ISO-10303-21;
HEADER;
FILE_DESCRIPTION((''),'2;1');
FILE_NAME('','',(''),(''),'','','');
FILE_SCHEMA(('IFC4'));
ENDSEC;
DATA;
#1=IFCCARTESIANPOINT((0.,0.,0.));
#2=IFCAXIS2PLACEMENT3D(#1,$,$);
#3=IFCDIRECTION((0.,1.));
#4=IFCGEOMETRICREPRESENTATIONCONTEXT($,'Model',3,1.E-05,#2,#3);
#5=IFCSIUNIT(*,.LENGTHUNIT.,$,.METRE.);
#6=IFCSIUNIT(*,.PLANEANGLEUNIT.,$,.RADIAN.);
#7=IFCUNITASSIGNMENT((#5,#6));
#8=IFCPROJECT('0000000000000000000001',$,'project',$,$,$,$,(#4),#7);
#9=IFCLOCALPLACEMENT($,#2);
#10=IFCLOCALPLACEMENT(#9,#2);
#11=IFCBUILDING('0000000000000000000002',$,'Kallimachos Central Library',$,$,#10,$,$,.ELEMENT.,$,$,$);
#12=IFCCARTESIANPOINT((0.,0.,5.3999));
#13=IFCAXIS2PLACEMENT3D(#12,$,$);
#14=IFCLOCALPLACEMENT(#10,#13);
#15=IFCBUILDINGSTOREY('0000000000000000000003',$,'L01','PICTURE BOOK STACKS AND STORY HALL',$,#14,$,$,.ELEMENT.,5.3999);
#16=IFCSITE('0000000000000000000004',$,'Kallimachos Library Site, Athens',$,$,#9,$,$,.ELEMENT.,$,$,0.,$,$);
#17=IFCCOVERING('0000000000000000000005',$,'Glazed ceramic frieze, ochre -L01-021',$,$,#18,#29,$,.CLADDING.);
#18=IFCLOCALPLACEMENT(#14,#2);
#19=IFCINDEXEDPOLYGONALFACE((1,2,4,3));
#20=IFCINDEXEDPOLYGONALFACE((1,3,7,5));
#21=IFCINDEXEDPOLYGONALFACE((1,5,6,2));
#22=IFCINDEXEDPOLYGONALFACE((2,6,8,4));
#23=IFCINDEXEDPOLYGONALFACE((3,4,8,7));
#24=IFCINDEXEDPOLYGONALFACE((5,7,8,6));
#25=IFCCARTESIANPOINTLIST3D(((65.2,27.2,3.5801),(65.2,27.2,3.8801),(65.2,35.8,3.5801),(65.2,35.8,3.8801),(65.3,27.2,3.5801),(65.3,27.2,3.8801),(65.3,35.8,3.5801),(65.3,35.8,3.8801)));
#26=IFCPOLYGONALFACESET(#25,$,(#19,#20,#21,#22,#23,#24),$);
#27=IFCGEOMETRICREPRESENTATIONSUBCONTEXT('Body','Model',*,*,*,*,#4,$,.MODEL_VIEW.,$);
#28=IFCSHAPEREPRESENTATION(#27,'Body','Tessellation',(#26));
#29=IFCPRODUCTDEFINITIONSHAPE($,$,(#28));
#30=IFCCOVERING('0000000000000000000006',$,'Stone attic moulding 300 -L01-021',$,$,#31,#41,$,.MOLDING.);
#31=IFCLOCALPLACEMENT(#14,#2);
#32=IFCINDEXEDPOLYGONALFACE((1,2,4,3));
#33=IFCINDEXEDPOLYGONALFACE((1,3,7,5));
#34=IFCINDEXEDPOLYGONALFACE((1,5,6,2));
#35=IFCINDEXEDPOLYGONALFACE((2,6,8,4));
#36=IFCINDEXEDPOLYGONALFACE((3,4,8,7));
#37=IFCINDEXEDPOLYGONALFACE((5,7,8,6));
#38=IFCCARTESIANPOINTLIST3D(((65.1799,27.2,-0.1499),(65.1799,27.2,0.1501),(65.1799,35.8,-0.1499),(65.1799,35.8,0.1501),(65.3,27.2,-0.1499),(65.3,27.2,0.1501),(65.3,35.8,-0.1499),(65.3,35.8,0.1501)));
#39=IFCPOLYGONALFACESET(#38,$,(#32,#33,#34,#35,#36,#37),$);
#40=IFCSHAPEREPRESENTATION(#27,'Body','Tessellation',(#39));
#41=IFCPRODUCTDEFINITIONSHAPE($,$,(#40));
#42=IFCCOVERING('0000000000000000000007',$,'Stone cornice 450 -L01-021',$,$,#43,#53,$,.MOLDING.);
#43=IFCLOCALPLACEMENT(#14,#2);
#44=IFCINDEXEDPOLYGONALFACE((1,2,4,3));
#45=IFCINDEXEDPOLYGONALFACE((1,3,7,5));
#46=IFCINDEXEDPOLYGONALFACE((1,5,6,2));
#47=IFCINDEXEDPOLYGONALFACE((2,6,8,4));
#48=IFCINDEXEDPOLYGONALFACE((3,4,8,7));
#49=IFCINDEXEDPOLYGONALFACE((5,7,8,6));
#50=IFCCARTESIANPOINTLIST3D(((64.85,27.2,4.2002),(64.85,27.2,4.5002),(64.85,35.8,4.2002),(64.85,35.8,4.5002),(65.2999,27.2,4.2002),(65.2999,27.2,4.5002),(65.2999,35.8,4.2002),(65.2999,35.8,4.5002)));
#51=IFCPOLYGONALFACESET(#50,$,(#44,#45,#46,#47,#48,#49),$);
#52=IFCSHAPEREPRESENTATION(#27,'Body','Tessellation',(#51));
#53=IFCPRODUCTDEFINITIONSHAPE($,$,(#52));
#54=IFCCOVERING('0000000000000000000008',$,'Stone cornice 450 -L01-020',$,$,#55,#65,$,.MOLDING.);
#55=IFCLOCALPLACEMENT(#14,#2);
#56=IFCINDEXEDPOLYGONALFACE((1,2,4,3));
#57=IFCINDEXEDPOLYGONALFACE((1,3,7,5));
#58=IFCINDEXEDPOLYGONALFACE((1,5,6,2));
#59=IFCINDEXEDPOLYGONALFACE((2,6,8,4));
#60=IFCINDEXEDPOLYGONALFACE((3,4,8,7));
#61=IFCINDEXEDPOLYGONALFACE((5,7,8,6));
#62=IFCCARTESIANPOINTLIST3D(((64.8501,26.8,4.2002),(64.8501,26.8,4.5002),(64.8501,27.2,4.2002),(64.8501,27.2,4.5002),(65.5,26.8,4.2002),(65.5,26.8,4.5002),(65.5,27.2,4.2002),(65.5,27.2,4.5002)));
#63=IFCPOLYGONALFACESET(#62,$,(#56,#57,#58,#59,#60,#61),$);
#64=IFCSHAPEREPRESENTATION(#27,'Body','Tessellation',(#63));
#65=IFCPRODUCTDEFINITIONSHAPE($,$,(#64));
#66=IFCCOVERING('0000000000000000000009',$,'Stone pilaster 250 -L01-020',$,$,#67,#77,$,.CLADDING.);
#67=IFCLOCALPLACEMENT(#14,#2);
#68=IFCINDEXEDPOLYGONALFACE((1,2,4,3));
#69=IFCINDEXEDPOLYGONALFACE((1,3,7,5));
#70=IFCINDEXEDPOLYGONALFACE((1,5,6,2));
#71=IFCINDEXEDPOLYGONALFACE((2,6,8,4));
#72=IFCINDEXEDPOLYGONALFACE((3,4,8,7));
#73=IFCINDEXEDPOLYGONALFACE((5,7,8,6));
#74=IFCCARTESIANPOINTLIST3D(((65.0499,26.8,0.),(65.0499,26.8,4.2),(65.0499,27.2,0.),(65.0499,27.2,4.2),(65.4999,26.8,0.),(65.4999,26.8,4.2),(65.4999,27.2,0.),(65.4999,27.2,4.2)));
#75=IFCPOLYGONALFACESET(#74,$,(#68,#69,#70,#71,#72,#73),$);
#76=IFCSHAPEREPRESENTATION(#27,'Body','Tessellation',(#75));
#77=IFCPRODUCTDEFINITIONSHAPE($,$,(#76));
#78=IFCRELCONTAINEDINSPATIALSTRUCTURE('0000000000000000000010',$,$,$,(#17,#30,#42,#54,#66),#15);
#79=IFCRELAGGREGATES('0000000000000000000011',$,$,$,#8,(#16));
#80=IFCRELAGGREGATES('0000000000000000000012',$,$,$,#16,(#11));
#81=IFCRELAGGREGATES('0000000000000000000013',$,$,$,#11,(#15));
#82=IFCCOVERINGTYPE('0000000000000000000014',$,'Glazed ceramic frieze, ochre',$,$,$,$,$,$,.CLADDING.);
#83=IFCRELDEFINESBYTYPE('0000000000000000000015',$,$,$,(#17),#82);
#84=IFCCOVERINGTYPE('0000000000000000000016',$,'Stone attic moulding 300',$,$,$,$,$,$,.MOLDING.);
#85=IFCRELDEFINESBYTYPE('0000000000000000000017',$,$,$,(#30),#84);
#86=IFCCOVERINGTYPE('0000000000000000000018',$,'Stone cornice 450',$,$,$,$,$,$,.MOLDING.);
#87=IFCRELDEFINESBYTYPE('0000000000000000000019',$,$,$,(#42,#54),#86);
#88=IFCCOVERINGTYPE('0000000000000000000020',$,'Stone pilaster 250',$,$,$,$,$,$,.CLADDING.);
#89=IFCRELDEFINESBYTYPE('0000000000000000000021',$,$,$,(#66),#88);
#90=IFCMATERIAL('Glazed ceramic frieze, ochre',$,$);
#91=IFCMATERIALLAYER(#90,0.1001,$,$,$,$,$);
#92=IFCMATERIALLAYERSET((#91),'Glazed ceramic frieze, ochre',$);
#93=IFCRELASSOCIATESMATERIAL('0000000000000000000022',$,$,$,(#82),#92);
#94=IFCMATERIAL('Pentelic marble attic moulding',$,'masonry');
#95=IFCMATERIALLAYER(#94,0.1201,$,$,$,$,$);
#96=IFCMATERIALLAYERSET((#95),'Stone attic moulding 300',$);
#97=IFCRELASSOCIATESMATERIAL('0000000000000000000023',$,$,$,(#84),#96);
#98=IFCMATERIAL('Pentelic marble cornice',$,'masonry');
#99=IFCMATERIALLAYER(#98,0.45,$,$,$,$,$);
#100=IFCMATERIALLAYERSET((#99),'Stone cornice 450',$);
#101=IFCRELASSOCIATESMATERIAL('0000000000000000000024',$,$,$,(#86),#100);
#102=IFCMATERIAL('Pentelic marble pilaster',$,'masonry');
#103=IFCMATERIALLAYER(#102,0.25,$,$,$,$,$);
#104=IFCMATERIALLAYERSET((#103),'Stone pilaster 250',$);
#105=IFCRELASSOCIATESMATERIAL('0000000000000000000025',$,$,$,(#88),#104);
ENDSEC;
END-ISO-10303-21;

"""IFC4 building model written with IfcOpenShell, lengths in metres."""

from ifc_helpers import new_model, si_unit, direction, frame, origin, origin_2d, place, context, subcontext, project, spatial, rectangle, extrude, material, layer, layer_set, type_object, element, save


model = new_model("IFC4")

# Units and contexts
model_context = context("Model", 3, precision=1e-05, world=origin(), true_north=direction((0.0, 1.0)))
body_context = subcontext(model_context, "Body", "Model", "MODEL_VIEW")
ifc_project = project(units=[si_unit("LENGTHUNIT", "METRE"), si_unit("PLANEANGLEUNIT", "RADIAN")], contexts=[model_context])

# Site, building, storey
site_placement = place(None, origin())
site = spatial("IfcSite", under=ifc_project, at=site_placement, Name="Kallimachos Library Site, Athens", CompositionType="ELEMENT", RefElevation=0.0)
building_placement = place(site_placement, origin())
building = spatial("IfcBuilding", under=site, at=building_placement, Name="Kallimachos Central Library", CompositionType="ELEMENT")
storey_placement = place(building_placement, frame((0.0, 0.0, 5.3999)))
storey = spatial("IfcBuildingStorey", under=building, at=storey_placement, Name="L01", Description="PICTURE BOOK STACKS AND STORY HALL", CompositionType="ELEMENT", Elevation=5.3999)

# Coverings
ifc_material_1 = material(Name="Glazed ceramic frieze, ochre")
ifc_layer_1 = layer(ifc_material_1, 0.1001)
ifc_layer_set_1 = layer_set([ifc_layer_1], Name="Glazed ceramic frieze, ochre")
covering_type_1 = type_object("IfcCoveringType", Name="Glazed ceramic frieze, ochre", PredefinedType="CLADDING", material=ifc_layer_set_1)
covering_1_placement = place(storey_placement, frame((65.25, 31.5, 3.5801), z_axis=(0.0, 0.0, 1.0), x_axis=(1.0, 0.0, 0.0)))
element("IfcCovering", 1, at=covering_1_placement, inside=storey, type_object=covering_type_1, Name="Glazed ceramic frieze, ochre -L01-021", PredefinedType="CLADDING", context=body_context, shape_type="SweptSolid", body=[
    extrude(rectangle(XDim=0.1001, YDim=8.6001, at=origin_2d()), origin(), (0.0, 0.0, 1.0), 0.3),
])
ifc_material_2 = material(Name="Pentelic marble attic moulding", Category="masonry")
ifc_layer_2 = layer(ifc_material_2, 0.1201)
ifc_layer_set_2 = layer_set([ifc_layer_2], Name="Stone attic moulding 300")
covering_type_2 = type_object("IfcCoveringType", Name="Stone attic moulding 300", PredefinedType="MOLDING", material=ifc_layer_set_2)
covering_2_placement = place(storey_placement, frame((65.24, 31.5, -0.1499), z_axis=(0.0, 0.0, 1.0), x_axis=(1.0, 0.0, 0.0)))
element("IfcCovering", 2, at=covering_2_placement, inside=storey, type_object=covering_type_2, Name="Stone attic moulding 300 -L01-021", PredefinedType="MOLDING", context=body_context, shape_type="SweptSolid", body=[
    extrude(rectangle(XDim=0.1201, YDim=8.6001, at=origin_2d()), origin(), (0.0, 0.0, 1.0), 0.3),
])
ifc_material_3 = material(Name="Pentelic marble cornice", Category="masonry")
ifc_layer_3 = layer(ifc_material_3, 0.45)
ifc_layer_set_3 = layer_set([ifc_layer_3], Name="Stone cornice 450")
covering_type_3 = type_object("IfcCoveringType", Name="Stone cornice 450", PredefinedType="MOLDING", material=ifc_layer_set_3)
covering_3_placement = place(storey_placement, frame((65.075, 31.5, 4.2002), z_axis=(0.0, 0.0, 1.0), x_axis=(1.0, 0.0, 0.0)))
element("IfcCovering", 3, at=covering_3_placement, inside=storey, type_object=covering_type_3, Name="Stone cornice 450 -L01-021", PredefinedType="MOLDING", context=body_context, shape_type="SweptSolid", body=[
    extrude(rectangle(XDim=0.45, YDim=8.6001, at=origin_2d()), origin(), (0.0, 0.0, 1.0), 0.3),
])
covering_4_placement = place(storey_placement, frame((65.175, 27.0, 4.2002), z_axis=(0.0, 0.0, 1.0), x_axis=(1.0, 0.0, 0.0)))
element("IfcCovering", 4, at=covering_4_placement, inside=storey, type_object=covering_type_3, Name="Stone cornice 450 -L01-020", PredefinedType="MOLDING", context=body_context, shape_type="SweptSolid", body=[
    extrude(rectangle(XDim=0.6499, YDim=0.3999, at=origin_2d()), origin(), (0.0, 0.0, 1.0), 0.3),
])
ifc_material_4 = material(Name="Pentelic marble pilaster", Category="masonry")
ifc_layer_4 = layer(ifc_material_4, 0.25)
ifc_layer_set_4 = layer_set([ifc_layer_4], Name="Stone pilaster 250")
covering_type_4 = type_object("IfcCoveringType", Name="Stone pilaster 250", PredefinedType="CLADDING", material=ifc_layer_set_4)
covering_5_placement = place(storey_placement, frame((65.2749, 27.0, 0.0), z_axis=(0.0, 0.0, 1.0), x_axis=(1.0, 0.0, 0.0)))
element("IfcCovering", 5, at=covering_5_placement, inside=storey, type_object=covering_type_4, Name="Stone pilaster 250 -L01-020", PredefinedType="CLADDING", context=body_context, shape_type="SweptSolid", body=[
    extrude(rectangle(XDim=0.45, YDim=0.3999, at=origin_2d()), origin(), (0.0, 0.0, 1.0), 4.2),
])

save(model, "model.ifc")
